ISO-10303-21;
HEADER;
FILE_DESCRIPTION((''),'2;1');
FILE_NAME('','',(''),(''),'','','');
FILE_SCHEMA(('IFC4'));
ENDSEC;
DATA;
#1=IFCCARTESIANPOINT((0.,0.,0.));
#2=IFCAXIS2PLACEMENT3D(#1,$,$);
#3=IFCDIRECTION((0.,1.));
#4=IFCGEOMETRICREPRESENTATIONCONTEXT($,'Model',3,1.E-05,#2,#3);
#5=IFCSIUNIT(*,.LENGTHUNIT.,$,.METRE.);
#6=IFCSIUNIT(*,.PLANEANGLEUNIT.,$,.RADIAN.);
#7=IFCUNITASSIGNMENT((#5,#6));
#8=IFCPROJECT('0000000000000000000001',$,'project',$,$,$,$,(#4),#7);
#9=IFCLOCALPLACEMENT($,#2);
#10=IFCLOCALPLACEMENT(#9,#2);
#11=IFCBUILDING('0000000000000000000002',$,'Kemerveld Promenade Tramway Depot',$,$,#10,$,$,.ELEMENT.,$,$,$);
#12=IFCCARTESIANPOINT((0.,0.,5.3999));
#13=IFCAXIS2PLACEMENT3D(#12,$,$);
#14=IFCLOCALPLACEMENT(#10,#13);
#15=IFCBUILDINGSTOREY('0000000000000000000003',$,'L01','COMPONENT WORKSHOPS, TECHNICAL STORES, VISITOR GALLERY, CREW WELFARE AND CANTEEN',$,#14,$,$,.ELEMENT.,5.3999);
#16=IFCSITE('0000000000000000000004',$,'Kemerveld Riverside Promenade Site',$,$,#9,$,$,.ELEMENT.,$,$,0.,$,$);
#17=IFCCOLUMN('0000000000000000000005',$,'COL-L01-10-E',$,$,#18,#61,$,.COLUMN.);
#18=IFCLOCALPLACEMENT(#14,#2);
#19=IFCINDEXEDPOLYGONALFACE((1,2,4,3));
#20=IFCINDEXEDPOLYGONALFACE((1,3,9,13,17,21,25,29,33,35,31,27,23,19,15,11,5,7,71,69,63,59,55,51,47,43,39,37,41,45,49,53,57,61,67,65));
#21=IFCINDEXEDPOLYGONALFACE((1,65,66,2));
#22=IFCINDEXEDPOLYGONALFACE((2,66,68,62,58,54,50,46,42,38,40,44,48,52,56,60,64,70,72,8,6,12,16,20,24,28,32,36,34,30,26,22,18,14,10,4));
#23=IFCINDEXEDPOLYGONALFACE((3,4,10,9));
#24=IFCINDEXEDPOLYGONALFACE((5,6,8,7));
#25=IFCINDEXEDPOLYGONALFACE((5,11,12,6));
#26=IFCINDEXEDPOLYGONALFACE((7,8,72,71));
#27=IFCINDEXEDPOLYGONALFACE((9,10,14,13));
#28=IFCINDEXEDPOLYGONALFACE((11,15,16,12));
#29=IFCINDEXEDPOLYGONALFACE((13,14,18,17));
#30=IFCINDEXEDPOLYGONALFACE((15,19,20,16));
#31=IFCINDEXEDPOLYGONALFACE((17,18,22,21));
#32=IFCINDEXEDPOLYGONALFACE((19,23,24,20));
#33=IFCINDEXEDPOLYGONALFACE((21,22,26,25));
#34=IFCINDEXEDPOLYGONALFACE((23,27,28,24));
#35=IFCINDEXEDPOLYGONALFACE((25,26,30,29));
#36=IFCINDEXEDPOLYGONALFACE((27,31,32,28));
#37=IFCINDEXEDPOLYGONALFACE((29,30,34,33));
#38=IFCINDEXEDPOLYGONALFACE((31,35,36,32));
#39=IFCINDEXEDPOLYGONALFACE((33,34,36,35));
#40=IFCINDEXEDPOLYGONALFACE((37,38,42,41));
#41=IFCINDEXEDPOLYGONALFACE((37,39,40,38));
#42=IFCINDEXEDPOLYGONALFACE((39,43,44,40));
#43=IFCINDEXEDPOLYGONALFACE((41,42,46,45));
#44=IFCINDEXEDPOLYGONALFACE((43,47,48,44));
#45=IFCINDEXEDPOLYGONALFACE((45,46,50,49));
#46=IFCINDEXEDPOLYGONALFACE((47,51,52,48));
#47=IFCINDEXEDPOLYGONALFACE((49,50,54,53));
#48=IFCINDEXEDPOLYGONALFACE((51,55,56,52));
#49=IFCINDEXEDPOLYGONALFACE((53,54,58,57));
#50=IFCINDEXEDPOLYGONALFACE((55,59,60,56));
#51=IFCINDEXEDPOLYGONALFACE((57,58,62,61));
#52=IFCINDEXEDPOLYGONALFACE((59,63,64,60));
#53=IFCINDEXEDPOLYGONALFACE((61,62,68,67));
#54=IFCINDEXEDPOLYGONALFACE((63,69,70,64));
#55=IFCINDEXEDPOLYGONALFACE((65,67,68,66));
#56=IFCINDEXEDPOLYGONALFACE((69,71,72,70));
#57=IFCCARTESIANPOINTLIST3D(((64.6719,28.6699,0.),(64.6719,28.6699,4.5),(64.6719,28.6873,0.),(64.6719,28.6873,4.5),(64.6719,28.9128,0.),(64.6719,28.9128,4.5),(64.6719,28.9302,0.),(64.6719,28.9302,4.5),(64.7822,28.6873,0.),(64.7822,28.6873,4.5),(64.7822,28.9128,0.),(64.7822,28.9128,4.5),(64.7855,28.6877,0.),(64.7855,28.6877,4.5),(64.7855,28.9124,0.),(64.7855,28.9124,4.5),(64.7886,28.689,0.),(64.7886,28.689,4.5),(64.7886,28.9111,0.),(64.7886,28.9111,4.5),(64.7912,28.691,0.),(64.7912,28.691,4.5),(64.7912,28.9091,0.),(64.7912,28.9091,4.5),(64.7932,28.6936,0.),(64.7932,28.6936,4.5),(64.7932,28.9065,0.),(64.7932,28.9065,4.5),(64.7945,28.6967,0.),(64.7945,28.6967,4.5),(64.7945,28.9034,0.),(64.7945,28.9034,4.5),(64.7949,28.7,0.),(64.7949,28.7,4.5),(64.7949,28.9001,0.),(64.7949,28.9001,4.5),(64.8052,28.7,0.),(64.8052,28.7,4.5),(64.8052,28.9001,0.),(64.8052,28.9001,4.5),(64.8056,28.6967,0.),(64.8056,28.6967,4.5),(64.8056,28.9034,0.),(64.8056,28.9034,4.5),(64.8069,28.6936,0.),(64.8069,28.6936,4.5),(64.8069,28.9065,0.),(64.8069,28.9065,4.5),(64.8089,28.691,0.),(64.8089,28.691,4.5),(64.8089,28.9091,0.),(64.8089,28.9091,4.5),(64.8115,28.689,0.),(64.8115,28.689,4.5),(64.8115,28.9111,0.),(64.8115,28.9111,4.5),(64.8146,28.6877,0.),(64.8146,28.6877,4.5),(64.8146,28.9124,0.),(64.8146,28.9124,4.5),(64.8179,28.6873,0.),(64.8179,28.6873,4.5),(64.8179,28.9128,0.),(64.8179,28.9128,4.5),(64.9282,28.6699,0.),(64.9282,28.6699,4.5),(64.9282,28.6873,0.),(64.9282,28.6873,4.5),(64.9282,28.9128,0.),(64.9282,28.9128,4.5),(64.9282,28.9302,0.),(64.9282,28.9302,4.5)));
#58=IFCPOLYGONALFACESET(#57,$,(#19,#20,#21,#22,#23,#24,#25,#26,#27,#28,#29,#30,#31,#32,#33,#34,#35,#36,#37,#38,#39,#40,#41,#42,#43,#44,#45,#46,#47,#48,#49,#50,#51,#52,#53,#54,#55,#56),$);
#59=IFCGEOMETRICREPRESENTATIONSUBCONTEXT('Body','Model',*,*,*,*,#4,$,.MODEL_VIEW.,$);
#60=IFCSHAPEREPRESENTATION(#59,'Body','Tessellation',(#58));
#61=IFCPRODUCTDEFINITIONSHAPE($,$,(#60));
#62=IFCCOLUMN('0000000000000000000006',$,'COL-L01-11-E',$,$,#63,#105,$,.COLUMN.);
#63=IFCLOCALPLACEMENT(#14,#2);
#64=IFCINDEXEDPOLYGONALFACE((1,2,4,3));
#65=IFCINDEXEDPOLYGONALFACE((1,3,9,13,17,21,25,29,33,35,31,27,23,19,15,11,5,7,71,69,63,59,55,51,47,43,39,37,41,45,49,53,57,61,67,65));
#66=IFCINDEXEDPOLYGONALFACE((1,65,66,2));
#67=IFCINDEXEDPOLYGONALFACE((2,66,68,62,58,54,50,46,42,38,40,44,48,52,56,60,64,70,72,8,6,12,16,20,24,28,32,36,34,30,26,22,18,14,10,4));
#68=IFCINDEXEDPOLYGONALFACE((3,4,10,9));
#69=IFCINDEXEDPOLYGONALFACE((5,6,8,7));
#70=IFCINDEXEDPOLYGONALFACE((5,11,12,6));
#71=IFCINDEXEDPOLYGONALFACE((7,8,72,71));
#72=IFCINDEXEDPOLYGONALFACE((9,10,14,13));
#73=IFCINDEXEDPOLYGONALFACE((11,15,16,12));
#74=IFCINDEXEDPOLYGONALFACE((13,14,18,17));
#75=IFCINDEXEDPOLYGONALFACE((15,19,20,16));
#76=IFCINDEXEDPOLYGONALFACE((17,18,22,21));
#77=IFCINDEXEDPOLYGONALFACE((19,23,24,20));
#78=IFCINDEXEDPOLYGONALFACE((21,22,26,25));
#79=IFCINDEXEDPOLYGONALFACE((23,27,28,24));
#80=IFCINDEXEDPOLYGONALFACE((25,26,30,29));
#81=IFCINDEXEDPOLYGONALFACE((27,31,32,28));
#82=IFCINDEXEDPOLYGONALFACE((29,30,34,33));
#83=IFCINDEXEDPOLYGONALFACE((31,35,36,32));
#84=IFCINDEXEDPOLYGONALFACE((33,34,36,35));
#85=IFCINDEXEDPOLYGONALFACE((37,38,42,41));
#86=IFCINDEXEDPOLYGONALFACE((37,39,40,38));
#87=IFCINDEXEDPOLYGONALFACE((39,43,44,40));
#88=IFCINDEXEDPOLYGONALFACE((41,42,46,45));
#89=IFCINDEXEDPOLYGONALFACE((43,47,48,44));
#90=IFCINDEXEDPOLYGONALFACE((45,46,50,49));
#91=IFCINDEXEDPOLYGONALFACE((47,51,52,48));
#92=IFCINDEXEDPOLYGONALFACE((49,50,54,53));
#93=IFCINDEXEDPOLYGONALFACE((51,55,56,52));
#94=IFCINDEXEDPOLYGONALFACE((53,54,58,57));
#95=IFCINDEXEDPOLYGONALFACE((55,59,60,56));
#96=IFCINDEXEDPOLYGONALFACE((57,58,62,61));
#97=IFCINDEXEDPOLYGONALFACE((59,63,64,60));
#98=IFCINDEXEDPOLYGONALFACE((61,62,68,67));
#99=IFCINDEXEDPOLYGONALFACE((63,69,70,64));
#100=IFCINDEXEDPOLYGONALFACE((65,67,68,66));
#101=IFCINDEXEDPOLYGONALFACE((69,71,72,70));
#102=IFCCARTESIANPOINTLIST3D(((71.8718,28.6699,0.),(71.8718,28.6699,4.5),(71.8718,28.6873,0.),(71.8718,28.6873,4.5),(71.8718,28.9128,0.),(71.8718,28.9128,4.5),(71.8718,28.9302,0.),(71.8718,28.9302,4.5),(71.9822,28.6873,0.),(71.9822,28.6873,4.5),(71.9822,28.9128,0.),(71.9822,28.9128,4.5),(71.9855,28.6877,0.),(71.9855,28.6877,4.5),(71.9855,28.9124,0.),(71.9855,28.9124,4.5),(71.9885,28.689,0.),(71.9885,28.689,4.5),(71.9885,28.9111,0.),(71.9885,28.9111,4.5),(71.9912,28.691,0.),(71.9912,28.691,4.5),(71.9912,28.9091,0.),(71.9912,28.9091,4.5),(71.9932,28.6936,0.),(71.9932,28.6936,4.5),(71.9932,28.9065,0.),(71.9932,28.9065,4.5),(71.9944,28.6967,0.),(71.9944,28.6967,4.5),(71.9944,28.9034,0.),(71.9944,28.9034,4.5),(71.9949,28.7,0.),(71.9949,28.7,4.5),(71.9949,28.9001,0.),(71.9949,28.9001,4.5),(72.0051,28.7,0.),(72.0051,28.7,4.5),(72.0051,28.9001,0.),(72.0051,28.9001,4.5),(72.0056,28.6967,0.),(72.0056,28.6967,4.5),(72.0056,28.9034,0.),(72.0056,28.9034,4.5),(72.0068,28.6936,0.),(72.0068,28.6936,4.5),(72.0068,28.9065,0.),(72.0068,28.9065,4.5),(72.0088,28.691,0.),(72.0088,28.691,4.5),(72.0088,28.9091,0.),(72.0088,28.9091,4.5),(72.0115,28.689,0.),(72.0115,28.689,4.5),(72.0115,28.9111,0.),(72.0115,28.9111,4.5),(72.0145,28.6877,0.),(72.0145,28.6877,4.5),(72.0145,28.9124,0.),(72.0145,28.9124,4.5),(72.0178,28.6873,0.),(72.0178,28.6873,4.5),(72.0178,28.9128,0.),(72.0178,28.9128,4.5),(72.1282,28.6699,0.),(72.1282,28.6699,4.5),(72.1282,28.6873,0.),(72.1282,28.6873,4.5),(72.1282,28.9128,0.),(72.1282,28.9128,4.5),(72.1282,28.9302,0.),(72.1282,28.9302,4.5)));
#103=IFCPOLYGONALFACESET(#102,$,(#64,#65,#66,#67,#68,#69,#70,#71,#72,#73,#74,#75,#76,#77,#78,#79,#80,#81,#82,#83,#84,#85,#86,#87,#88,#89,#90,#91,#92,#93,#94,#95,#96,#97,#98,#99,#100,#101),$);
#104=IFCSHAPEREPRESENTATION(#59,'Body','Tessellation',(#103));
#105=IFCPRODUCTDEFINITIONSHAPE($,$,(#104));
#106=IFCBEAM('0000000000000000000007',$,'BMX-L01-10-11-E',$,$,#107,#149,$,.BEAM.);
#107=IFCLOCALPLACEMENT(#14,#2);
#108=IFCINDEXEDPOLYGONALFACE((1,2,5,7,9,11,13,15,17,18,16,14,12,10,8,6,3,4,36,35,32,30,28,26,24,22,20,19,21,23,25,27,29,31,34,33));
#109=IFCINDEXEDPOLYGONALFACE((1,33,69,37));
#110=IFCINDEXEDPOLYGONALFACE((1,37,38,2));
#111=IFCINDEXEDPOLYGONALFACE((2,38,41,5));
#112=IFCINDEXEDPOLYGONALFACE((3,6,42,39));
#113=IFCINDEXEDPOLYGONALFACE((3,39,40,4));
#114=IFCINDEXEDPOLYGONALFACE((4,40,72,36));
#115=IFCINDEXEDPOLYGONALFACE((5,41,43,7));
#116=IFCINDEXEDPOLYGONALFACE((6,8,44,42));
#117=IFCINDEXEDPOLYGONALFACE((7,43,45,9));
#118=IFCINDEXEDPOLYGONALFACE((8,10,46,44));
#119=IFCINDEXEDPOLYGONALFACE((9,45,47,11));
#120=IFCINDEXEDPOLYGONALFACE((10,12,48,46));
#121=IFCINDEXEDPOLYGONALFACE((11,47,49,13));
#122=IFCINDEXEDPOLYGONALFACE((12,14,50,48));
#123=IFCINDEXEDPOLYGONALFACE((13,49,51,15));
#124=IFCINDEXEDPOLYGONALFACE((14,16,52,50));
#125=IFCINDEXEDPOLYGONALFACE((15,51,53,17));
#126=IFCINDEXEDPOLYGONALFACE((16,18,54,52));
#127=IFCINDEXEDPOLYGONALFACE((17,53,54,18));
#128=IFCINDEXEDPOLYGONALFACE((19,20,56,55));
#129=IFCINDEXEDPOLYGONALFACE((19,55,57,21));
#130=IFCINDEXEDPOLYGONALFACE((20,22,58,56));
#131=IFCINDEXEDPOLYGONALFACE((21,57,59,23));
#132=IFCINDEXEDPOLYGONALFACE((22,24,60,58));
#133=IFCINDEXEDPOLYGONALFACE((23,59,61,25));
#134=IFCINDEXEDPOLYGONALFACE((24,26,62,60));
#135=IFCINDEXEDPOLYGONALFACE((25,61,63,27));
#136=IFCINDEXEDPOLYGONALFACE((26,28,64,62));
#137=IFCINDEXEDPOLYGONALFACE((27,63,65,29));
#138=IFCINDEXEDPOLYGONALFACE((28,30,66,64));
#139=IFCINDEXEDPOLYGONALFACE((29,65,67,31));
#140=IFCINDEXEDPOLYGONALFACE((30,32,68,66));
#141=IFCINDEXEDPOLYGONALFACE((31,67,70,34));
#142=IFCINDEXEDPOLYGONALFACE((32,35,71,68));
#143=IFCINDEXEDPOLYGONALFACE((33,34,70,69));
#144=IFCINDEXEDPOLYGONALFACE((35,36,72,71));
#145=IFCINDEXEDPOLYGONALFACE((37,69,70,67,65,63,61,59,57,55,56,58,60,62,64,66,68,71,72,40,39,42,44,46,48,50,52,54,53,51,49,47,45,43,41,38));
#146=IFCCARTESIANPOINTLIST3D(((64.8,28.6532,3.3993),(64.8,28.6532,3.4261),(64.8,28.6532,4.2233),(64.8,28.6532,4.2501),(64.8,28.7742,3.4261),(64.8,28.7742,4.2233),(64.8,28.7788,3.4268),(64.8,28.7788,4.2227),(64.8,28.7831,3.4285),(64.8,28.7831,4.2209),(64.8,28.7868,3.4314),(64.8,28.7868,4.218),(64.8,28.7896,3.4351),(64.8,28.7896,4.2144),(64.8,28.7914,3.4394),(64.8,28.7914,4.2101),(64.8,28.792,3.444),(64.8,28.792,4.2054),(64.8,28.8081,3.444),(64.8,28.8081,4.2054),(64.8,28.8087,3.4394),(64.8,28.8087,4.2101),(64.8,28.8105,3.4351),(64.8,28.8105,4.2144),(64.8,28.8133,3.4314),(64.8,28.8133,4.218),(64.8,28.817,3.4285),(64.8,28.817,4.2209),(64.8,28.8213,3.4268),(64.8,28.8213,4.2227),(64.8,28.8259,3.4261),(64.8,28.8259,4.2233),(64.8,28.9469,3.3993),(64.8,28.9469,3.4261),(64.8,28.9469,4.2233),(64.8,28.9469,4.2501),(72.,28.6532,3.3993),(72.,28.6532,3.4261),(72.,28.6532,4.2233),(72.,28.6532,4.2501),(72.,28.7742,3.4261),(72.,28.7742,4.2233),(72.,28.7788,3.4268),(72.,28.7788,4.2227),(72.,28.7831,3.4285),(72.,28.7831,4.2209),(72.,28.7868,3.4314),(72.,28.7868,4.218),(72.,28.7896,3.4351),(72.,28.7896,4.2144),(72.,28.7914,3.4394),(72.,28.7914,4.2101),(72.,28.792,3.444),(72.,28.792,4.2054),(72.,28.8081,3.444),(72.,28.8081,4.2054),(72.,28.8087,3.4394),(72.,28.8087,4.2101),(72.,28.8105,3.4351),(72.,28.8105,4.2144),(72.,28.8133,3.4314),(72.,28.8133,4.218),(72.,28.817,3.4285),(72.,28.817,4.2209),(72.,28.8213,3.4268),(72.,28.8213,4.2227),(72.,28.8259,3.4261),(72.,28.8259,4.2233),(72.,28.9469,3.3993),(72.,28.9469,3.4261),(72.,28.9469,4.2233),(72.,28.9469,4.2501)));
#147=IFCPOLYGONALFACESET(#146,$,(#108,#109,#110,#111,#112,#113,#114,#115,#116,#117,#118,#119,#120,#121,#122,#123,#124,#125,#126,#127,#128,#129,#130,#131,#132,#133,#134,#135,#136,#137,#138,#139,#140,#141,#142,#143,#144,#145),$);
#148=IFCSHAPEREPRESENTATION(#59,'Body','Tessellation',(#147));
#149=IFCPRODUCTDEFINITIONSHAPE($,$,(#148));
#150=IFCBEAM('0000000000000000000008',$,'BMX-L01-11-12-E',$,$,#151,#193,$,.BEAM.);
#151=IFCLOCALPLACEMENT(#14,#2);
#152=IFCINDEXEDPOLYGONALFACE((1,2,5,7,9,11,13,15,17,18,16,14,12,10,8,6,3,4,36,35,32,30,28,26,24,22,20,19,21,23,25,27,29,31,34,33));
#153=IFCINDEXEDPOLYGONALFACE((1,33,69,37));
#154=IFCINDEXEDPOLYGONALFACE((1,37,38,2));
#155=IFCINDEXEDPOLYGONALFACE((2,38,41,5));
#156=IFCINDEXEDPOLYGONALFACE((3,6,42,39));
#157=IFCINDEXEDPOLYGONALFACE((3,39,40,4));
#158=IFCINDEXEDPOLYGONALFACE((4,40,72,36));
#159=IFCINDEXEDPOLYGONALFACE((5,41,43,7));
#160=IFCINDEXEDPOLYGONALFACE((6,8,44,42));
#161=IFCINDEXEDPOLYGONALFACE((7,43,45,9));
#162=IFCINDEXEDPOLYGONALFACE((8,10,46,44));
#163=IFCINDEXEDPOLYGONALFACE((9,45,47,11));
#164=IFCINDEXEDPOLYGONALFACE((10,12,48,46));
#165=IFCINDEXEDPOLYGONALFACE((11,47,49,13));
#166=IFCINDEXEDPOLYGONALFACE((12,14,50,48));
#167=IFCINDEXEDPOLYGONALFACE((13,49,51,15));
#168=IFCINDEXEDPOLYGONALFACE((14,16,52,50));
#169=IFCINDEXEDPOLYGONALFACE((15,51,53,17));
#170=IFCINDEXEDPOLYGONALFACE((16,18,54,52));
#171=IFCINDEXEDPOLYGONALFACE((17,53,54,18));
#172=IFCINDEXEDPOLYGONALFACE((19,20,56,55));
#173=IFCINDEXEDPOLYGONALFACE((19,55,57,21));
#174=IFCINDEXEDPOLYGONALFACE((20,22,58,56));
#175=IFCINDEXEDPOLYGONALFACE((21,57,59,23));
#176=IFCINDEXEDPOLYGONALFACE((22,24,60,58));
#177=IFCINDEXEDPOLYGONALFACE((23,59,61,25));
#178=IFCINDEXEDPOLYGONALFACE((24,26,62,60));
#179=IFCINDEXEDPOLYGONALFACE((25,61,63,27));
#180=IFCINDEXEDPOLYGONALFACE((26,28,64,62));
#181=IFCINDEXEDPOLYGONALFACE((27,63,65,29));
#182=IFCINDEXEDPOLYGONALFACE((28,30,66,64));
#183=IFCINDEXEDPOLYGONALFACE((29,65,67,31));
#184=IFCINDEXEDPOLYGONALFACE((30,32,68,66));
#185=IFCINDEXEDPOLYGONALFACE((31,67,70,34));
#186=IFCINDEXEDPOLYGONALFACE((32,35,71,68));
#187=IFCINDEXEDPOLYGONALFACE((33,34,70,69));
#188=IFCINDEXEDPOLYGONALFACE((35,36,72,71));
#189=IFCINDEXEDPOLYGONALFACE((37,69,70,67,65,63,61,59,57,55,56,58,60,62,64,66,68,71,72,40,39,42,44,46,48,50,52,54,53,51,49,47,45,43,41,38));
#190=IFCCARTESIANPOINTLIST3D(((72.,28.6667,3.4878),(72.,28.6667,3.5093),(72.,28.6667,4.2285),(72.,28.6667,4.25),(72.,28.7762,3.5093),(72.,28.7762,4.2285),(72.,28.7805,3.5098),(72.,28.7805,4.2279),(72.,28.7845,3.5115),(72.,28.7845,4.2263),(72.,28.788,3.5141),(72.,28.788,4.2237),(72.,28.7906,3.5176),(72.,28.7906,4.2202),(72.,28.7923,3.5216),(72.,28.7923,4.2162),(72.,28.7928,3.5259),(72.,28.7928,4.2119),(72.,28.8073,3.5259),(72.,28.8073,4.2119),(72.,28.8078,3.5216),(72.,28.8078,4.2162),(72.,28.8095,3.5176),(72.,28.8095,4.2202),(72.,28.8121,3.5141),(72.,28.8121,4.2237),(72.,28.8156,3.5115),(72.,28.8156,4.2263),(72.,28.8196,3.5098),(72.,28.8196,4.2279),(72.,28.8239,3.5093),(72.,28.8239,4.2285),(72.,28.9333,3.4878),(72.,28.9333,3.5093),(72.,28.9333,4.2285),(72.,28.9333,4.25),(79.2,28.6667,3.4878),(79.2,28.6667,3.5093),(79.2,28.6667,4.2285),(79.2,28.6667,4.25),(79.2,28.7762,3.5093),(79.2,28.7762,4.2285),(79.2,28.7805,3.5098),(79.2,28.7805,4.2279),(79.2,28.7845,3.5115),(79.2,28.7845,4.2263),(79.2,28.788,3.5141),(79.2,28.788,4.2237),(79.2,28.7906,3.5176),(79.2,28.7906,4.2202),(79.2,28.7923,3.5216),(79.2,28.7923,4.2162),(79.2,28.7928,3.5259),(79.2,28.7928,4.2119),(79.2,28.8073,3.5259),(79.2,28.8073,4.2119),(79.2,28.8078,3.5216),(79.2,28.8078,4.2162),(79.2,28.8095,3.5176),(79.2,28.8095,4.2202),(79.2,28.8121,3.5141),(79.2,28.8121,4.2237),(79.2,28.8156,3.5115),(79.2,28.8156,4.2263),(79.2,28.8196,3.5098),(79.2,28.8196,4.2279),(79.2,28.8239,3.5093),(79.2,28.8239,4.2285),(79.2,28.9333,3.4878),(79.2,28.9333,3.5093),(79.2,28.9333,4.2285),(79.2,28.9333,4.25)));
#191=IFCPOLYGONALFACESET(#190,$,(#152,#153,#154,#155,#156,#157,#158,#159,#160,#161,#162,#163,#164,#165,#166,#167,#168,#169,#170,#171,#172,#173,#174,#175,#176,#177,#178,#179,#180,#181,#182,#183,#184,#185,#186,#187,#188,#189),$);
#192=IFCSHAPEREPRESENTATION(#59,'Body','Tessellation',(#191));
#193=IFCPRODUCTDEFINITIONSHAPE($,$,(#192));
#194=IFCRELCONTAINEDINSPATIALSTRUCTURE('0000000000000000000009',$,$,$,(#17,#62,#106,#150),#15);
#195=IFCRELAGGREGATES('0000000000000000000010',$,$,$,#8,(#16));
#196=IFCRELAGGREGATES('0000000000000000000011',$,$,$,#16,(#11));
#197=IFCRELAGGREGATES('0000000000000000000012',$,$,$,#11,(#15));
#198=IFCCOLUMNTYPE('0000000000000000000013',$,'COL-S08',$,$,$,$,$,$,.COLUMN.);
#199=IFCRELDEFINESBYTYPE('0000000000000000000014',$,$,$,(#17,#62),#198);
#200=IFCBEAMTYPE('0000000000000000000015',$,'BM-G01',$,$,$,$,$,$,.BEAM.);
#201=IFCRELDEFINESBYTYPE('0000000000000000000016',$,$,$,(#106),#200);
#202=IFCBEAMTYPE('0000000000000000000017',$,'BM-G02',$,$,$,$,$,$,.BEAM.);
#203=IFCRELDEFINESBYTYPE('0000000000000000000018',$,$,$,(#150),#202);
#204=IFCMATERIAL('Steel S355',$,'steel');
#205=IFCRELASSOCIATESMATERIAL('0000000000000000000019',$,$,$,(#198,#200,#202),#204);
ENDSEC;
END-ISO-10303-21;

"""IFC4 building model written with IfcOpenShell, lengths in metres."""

from ifc_helpers import new_model, si_unit, direction, frame, origin, origin_2d, place, context, subcontext, project, spatial, i_section, extrude, material, material_profile, profile_set, type_object, element, save


model = new_model("IFC4")

# Units and contexts
model_context = context("Model", 3, precision=1e-05, world=origin(), true_north=direction((0.0, 1.0)))
body_context = subcontext(model_context, "Body", "Model", "MODEL_VIEW")
ifc_project = project(units=[si_unit("LENGTHUNIT", "METRE"), si_unit("PLANEANGLEUNIT", "RADIAN")], contexts=[model_context])

# Site, building, storey
site_placement = place(None, origin())
site = spatial("IfcSite", under=ifc_project, at=site_placement, Name="Kemerveld Riverside Promenade Site", CompositionType="ELEMENT", RefElevation=0.0)
building_placement = place(site_placement, origin())
building = spatial("IfcBuilding", under=site, at=building_placement, Name="Kemerveld Promenade Tramway Depot", CompositionType="ELEMENT")
storey_placement = place(building_placement, frame((0.0, 0.0, 5.3999)))
storey = spatial("IfcBuildingStorey", under=building, at=storey_placement, Name="L01", Description="COMPONENT WORKSHOPS, TECHNICAL STORES, VISITOR GALLERY, CREW WELFARE AND CANTEEN", CompositionType="ELEMENT", Elevation=5.3999)

# Columns
ifc_material_1 = material(Name="Steel S355", Category="steel")
ifc_material_profile_1 = material_profile(ifc_material_1, i_section(OverallWidth=0.2563, OverallDepth=0.2603, WebThickness=0.0103, FlangeThickness=0.0173, FilletRadius=0.0127, at=origin_2d()), Name="254x254x89 UC")
ifc_profile_set_1 = profile_set([ifc_material_profile_1], Name="Steel S355")
column_type = type_object("IfcColumnType", Name="COL-S08", PredefinedType="COLUMN", material=ifc_profile_set_1)
for number, where, z_axis, x_axis, name in (
    (1, (64.8, 28.8, 0.0), (0.0, 0.0, 1.0), (1.0, 0.0, 0.0), "COL-L01-10-E"),
    (2, (72.0, 28.8, 0.0), (0.0, 0.0, 1.0), (1.0, 0.0, 0.0), "COL-L01-11-E"),
):
    element("IfcColumn", number, at=place(storey_placement, frame(where, z_axis=z_axis, x_axis=x_axis)), inside=storey, type_object=column_type, Name=name, PredefinedType="COLUMN", context=body_context, shape_type="SweptSolid", body=[
        extrude(i_section(OverallWidth=0.2563, OverallDepth=0.2603, WebThickness=0.0103, FlangeThickness=0.0173, FilletRadius=0.0127, at=origin_2d()), origin(), (0.0, 0.0, 1.0), 4.5),
    ])

# Beams
ifc_material_profile_2 = material_profile(ifc_material_1, i_section(OverallWidth=0.2937, OverallDepth=0.8508, WebThickness=0.0161, FlangeThickness=0.0269, FilletRadius=0.0178, at=origin_2d()), Name="838x292x226 UB")
ifc_profile_set_2 = profile_set([ifc_material_profile_2], Name="Steel S355")
beam_type_1 = type_object("IfcBeamType", Name="BM-G01", PredefinedType="BEAM", material=ifc_profile_set_2)
beam_1_placement = place(storey_placement, frame((64.8, 28.8, 3.8247), z_axis=(1.0, 0.0, 0.0), x_axis=(0.0, 1.0, 0.0)))
element("IfcBeam", 3, at=beam_1_placement, inside=storey, type_object=beam_type_1, Name="BMX-L01-10-11-E", PredefinedType="BEAM", context=body_context, shape_type="SweptSolid", body=[
    extrude(i_section(OverallWidth=0.2937, OverallDepth=0.8508, WebThickness=0.0161, FlangeThickness=0.0269, FilletRadius=0.0178, at=origin_2d()), origin(), (0.0, 0.0, 1.0), 7.2),
])
ifc_material_profile_3 = material_profile(ifc_material_1, i_section(OverallWidth=0.2666, OverallDepth=0.7622, WebThickness=0.0144, FlangeThickness=0.0215, FilletRadius=0.0166, at=origin_2d()), Name="762x267x173 UB")
ifc_profile_set_3 = profile_set([ifc_material_profile_3], Name="Steel S355")
beam_type_2 = type_object("IfcBeamType", Name="BM-G02", PredefinedType="BEAM", material=ifc_profile_set_3)
beam_2_placement = place(storey_placement, frame((72.0, 28.8, 3.8689), z_axis=(1.0, 0.0, 0.0), x_axis=(0.0, 1.0, 0.0)))
element("IfcBeam", 4, at=beam_2_placement, inside=storey, type_object=beam_type_2, Name="BMX-L01-11-12-E", PredefinedType="BEAM", context=body_context, shape_type="SweptSolid", body=[
    extrude(i_section(OverallWidth=0.2666, OverallDepth=0.7622, WebThickness=0.0144, FlangeThickness=0.0215, FilletRadius=0.0166, at=origin_2d()), origin(), (0.0, 0.0, 1.0), 7.2),
])

save(model, "model.ifc")
